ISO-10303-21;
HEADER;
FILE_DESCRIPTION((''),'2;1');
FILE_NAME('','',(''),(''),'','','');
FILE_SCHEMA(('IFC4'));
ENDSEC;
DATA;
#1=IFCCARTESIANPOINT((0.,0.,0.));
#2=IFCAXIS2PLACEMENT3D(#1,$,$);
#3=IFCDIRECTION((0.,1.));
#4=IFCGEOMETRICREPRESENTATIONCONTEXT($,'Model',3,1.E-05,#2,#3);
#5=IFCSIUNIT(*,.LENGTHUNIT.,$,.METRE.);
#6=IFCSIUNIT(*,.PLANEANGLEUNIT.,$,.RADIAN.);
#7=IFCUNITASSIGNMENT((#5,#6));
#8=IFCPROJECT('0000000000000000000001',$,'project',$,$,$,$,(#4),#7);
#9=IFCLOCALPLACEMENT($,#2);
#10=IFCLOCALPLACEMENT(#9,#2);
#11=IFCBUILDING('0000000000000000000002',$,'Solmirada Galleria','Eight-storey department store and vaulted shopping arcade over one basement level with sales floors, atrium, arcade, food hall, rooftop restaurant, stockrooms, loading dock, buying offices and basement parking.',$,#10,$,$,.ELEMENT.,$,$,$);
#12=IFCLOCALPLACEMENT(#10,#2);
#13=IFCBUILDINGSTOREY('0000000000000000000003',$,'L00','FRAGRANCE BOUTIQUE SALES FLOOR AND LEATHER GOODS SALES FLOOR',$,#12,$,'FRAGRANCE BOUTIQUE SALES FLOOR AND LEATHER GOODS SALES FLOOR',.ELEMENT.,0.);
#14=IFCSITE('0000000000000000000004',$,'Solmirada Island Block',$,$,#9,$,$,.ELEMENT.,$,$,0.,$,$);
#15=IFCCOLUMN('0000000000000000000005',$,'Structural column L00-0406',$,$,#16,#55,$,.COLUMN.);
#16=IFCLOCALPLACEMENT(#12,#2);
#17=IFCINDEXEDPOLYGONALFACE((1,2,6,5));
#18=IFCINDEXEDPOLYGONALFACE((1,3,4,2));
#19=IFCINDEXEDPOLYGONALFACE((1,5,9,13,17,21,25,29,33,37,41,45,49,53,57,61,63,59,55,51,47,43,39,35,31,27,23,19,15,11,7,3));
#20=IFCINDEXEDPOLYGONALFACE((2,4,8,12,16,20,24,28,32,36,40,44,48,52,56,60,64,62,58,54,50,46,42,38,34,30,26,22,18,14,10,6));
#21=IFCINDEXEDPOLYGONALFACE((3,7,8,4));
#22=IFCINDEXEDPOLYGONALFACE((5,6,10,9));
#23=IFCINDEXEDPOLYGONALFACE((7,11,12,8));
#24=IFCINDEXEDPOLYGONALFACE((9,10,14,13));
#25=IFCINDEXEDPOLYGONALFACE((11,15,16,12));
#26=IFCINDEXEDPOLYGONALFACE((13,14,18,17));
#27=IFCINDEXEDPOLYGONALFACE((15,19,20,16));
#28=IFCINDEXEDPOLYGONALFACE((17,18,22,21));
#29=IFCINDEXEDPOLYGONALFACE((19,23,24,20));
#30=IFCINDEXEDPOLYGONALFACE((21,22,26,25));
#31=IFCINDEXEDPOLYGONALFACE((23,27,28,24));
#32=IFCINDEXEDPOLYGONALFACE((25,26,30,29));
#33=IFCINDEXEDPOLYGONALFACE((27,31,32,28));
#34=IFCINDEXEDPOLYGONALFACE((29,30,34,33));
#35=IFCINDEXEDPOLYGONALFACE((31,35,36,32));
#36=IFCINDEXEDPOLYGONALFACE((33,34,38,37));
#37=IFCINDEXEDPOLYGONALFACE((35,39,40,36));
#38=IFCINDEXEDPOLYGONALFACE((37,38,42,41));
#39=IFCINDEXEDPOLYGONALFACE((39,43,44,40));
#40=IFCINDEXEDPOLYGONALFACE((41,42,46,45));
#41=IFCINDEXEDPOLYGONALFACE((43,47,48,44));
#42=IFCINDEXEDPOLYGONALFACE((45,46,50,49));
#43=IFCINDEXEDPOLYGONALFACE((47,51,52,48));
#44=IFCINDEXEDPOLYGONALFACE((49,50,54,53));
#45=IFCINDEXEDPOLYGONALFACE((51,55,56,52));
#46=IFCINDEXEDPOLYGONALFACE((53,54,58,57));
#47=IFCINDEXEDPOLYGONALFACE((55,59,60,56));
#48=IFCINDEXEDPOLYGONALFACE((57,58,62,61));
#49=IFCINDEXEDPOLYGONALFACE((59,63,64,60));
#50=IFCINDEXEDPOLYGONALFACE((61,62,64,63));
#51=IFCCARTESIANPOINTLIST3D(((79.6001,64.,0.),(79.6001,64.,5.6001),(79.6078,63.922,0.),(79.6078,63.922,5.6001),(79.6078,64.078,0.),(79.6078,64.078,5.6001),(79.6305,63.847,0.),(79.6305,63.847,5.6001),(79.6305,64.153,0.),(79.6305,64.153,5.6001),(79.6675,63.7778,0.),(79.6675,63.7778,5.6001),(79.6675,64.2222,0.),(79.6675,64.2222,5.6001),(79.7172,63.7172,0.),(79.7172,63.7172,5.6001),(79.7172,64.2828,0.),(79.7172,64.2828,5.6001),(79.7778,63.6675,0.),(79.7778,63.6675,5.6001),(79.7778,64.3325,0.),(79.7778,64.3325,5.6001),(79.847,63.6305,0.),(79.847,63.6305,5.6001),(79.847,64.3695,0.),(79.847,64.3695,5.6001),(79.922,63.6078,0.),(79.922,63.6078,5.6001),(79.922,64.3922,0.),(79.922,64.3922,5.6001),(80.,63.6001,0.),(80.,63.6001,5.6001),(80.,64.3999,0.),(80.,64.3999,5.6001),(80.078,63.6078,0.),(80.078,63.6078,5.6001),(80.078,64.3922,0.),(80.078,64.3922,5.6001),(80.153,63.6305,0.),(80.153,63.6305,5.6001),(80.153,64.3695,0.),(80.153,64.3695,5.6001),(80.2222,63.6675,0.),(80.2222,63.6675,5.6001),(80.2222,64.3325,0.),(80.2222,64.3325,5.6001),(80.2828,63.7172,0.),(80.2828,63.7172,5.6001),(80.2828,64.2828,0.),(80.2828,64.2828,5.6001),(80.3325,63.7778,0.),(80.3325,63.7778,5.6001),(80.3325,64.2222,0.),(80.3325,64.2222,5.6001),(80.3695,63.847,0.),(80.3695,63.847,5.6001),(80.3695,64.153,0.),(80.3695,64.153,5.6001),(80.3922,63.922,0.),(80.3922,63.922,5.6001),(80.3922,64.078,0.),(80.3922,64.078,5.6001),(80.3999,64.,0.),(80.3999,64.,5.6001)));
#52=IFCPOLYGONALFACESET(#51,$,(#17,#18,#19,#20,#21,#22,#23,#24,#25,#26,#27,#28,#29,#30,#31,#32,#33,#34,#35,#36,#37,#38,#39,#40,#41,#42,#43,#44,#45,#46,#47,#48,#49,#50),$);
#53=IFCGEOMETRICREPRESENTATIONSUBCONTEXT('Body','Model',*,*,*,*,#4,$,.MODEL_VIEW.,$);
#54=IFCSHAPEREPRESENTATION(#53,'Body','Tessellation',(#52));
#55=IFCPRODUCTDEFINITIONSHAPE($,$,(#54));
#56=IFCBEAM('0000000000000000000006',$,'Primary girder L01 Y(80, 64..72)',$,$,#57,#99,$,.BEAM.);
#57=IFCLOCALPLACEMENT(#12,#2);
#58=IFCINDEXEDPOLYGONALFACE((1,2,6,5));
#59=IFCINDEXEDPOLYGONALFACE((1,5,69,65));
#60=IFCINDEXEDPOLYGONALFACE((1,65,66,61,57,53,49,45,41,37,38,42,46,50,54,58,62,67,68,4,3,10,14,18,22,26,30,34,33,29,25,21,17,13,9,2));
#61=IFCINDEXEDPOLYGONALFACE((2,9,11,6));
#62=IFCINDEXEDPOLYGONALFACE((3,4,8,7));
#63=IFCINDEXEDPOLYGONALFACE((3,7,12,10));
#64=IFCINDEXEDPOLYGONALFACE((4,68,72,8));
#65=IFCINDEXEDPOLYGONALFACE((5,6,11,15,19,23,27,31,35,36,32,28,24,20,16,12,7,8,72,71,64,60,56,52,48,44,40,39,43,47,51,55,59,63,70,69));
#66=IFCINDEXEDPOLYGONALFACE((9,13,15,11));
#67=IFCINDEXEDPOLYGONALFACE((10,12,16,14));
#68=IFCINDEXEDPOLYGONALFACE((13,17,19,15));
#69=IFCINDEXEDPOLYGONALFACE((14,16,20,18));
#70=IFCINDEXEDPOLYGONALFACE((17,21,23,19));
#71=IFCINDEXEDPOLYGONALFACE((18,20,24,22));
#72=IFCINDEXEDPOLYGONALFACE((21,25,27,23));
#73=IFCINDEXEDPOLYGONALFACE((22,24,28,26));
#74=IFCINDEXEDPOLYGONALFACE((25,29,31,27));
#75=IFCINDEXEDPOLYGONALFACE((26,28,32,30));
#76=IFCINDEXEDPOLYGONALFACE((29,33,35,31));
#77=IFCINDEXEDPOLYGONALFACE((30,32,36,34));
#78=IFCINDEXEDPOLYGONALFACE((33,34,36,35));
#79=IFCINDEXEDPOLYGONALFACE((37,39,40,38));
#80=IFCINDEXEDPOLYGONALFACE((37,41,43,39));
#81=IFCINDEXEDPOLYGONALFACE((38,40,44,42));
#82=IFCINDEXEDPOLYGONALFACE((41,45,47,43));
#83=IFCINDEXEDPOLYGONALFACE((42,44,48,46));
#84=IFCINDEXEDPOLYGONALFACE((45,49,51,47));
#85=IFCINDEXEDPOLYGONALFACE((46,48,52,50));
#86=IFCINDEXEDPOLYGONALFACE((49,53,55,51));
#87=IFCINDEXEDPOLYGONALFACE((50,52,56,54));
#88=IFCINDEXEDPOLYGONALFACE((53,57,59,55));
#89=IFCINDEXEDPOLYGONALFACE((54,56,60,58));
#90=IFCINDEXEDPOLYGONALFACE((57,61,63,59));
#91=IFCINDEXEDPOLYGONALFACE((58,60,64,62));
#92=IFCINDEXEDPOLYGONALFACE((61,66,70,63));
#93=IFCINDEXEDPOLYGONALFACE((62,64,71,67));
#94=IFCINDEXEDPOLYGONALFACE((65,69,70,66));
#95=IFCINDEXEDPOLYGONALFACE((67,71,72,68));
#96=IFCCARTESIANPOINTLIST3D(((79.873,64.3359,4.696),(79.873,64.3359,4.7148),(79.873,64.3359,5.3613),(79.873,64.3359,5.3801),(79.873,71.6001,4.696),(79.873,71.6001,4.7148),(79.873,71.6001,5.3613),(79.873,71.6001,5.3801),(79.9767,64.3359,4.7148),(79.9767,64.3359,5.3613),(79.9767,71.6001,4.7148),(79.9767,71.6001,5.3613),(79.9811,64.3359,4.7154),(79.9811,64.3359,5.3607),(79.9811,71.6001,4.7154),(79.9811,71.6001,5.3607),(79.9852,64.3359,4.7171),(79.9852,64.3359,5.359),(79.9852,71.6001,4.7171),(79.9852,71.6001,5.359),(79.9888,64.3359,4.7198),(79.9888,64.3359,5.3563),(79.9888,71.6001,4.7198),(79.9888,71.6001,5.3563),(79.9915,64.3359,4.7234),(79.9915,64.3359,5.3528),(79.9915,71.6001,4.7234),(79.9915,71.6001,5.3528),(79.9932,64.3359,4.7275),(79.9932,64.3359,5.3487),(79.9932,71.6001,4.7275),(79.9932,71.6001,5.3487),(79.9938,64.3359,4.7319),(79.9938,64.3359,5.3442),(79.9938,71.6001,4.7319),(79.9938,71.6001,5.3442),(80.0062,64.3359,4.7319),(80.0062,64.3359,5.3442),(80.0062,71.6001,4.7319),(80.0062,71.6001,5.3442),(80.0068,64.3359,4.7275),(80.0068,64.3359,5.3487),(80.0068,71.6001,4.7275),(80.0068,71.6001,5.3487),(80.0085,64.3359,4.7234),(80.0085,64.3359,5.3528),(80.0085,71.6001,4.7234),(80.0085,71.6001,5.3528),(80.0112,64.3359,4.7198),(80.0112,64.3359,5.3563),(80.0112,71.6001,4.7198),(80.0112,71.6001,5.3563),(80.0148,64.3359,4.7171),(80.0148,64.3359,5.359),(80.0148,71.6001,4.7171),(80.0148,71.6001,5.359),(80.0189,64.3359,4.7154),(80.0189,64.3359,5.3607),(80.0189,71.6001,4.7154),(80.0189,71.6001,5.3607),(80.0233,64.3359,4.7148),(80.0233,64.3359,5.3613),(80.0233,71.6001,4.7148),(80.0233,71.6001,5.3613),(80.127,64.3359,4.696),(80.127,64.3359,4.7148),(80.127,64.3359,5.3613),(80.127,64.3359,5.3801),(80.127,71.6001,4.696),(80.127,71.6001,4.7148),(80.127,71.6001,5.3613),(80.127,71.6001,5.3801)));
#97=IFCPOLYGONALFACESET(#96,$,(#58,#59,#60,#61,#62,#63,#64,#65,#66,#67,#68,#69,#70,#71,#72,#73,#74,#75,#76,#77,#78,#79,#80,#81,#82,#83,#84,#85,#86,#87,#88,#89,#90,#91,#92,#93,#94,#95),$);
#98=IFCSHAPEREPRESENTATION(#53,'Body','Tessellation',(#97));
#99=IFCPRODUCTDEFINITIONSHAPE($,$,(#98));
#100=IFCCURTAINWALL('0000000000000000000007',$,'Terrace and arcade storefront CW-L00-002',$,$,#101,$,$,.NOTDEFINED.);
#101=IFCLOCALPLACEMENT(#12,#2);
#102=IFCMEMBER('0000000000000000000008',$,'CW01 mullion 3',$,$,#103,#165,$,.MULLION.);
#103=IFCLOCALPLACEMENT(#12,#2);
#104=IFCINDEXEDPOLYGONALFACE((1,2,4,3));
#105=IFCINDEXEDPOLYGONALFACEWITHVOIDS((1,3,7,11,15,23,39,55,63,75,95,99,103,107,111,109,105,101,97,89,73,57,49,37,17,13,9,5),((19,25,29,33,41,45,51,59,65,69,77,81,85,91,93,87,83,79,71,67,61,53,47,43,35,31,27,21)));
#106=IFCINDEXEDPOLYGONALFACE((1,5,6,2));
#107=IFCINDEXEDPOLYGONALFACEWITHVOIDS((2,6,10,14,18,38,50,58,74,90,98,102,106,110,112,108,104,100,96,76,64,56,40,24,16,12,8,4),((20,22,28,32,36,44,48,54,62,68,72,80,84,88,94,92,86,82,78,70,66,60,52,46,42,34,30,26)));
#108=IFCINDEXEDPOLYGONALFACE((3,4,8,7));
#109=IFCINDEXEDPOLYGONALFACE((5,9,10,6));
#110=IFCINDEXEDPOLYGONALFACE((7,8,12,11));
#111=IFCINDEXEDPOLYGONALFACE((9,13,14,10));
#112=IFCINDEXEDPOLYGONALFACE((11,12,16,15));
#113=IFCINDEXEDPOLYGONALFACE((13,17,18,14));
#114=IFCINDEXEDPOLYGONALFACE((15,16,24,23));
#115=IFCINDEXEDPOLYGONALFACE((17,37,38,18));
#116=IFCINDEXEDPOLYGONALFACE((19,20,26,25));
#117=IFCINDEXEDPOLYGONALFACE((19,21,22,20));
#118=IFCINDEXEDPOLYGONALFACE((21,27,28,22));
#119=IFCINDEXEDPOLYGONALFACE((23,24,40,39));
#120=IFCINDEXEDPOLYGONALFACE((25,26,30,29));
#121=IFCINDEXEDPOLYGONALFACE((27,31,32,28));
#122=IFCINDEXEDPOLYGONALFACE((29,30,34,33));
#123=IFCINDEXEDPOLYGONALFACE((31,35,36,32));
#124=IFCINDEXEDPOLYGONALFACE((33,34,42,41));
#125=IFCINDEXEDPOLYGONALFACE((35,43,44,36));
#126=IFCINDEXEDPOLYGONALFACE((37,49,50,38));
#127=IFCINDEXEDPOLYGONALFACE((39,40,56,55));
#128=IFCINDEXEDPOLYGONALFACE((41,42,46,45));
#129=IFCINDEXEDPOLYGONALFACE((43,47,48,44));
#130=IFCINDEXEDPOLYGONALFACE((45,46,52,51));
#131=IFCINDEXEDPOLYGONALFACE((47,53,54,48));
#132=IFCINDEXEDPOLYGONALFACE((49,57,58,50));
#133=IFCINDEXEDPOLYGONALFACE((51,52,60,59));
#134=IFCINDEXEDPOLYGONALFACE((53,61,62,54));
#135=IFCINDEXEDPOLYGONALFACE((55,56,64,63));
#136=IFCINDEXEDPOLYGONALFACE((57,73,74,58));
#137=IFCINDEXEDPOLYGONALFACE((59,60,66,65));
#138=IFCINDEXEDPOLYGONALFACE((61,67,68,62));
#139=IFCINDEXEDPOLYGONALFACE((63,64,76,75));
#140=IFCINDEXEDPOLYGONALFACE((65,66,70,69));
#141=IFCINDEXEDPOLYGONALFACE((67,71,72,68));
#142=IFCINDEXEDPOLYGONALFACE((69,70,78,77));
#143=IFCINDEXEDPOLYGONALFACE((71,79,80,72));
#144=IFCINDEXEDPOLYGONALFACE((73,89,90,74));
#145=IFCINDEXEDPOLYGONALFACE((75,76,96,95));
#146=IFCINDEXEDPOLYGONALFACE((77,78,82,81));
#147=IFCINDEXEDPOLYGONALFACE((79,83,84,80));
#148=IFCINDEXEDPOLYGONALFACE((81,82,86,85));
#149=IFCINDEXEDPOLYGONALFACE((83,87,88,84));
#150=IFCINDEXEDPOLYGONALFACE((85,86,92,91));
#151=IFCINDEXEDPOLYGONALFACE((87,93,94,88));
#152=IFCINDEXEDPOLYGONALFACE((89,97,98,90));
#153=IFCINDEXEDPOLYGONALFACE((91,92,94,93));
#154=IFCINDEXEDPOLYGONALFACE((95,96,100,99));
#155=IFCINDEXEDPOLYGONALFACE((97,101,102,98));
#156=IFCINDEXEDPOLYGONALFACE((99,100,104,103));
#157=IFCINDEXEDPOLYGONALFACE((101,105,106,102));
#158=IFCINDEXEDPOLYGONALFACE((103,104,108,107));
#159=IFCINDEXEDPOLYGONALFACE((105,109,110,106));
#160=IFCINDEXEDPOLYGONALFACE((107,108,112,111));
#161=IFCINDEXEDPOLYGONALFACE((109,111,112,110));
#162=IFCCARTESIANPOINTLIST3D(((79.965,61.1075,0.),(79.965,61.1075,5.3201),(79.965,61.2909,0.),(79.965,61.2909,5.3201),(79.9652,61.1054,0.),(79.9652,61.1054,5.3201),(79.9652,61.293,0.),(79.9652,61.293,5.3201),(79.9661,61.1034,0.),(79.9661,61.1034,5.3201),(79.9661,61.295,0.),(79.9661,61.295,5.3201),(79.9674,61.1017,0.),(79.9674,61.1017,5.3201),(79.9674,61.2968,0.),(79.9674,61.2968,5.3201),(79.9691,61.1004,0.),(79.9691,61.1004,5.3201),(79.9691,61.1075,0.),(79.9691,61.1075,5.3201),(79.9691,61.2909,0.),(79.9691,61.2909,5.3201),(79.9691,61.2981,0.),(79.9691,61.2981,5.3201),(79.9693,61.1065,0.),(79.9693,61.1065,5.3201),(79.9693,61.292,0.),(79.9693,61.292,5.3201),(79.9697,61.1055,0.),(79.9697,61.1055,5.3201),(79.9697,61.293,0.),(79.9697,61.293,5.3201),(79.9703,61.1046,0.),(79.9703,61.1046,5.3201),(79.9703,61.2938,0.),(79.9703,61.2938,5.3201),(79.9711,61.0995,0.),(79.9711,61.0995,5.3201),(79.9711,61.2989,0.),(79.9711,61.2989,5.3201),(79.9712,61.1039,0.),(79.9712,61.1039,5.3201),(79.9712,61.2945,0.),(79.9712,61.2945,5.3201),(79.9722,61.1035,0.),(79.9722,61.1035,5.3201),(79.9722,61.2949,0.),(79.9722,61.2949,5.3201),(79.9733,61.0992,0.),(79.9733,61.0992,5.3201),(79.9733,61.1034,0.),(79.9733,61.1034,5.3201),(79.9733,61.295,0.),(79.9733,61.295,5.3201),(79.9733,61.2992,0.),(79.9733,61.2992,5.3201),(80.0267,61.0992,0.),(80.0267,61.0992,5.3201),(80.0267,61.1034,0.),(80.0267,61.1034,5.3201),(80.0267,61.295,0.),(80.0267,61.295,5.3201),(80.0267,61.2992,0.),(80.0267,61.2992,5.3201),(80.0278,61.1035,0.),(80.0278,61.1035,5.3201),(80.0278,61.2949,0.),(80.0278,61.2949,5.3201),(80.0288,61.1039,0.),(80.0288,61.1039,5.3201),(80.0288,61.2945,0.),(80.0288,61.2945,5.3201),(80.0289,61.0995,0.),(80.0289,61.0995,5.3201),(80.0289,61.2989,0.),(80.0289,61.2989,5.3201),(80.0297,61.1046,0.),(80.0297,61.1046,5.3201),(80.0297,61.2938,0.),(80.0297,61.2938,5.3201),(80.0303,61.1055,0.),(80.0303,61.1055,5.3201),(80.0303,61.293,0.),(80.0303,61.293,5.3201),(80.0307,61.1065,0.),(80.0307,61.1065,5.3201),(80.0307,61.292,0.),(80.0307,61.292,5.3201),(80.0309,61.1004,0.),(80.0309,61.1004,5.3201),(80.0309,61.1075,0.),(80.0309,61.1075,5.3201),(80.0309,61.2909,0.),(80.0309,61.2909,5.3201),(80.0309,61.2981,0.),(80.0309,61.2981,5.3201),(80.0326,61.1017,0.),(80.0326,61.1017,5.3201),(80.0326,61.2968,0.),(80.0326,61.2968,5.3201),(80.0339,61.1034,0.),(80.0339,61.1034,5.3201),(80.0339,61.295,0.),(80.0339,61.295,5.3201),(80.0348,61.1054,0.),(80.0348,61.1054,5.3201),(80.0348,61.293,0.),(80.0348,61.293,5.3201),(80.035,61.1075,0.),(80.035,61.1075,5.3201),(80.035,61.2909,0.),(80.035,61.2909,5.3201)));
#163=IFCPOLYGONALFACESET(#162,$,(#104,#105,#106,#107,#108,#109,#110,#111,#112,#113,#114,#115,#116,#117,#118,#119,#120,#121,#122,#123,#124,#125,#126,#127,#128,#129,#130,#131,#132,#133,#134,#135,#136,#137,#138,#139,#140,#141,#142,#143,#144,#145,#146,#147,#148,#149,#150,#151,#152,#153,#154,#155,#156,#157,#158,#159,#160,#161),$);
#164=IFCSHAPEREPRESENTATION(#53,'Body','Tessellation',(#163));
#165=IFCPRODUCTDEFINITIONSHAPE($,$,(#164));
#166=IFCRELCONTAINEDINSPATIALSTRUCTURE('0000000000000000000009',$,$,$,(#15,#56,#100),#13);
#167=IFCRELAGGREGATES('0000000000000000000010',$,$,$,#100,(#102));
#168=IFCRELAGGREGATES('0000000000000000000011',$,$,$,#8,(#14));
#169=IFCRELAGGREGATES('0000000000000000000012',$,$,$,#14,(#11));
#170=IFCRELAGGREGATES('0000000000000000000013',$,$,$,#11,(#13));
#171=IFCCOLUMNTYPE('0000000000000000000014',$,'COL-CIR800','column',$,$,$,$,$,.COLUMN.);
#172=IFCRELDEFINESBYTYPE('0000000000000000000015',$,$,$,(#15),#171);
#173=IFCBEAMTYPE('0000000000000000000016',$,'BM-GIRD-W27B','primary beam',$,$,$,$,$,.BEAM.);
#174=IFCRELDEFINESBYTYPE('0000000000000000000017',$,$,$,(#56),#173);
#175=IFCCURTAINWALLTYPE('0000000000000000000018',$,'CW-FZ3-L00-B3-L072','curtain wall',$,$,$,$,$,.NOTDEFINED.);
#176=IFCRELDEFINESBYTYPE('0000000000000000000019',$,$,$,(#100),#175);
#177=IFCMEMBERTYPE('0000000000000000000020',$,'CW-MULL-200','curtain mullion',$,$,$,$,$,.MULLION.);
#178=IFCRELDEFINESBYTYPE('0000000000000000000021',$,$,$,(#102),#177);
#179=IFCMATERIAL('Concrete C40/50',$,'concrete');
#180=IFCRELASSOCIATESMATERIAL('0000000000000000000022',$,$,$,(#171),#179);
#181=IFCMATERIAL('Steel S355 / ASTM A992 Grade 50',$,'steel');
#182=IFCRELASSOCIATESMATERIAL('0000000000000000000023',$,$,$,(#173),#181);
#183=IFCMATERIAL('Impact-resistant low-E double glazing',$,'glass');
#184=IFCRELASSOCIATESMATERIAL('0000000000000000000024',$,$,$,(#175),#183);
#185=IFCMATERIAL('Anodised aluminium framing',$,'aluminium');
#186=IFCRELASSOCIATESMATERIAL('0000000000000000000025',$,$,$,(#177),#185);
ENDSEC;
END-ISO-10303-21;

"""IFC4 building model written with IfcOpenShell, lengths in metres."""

from ifc_helpers import new_model, si_unit, direction, frame, origin, origin_2d, place, context, subcontext, project, spatial, hollow_rectangle, circle, i_section, extrude, material, material_profile, profile_set, type_object, element, aggregate, save


model = new_model("IFC4")

# Units and contexts
model_context = context("Model", 3, precision=1e-05, world=origin(), true_north=direction((0.0, 1.0)))
body_context = subcontext(model_context, "Body", "Model", "MODEL_VIEW")
ifc_project = project(units=[si_unit("LENGTHUNIT", "METRE"), si_unit("PLANEANGLEUNIT", "RADIAN")], contexts=[model_context])

# Site, building, storey
site_placement = place(None, origin())
site = spatial("IfcSite", under=ifc_project, at=site_placement, Name="Solmirada Island Block", CompositionType="ELEMENT", RefElevation=0.0)
building_placement = place(site_placement, origin())
building = spatial("IfcBuilding", under=site, at=building_placement, Name="Solmirada Galleria", Description="Eight-storey department store and vaulted shopping arcade over one basement level with sales floors, atrium, arcade, food hall, rooftop restaurant, stockrooms, loading dock, buying offices and basement parking.", CompositionType="ELEMENT")
storey_placement = place(building_placement, origin())
storey = spatial("IfcBuildingStorey", under=building, at=storey_placement, Name="L00", Description="FRAGRANCE BOUTIQUE SALES FLOOR AND LEATHER GOODS SALES FLOOR", LongName="FRAGRANCE BOUTIQUE SALES FLOOR AND LEATHER GOODS SALES FLOOR", CompositionType="ELEMENT", Elevation=0.0)

# Column
ifc_material_1 = material(Name="Concrete C40/50", Category="concrete")
ifc_material_profile_1 = material_profile(ifc_material_1, circle(Radius=0.3999, at=origin_2d()), Name="RCCOL800")
ifc_profile_set_1 = profile_set([ifc_material_profile_1], Name="Concrete C40/50")
column_type = type_object("IfcColumnType", Name="COL-CIR800", Description="column", PredefinedType="COLUMN", material=ifc_profile_set_1)
column_placement = place(storey_placement, frame((80.0, 64.0, 0.0), z_axis=(0.0, 0.0, 1.0), x_axis=(1.0, 0.0, 0.0)))
element("IfcColumn", 1, at=column_placement, inside=storey, type_object=column_type, Name="Structural column L00-0406", PredefinedType="COLUMN", context=body_context, shape_type="SweptSolid", body=[
    extrude(circle(Radius=0.3999, at=origin_2d()), origin(), (0.0, 0.0, 1.0), 5.6001),
])

# Beam
ifc_material_2 = material(Name="Steel S355 / ASTM A992 Grade 50", Category="steel")
ifc_material_profile_2 = material_profile(ifc_material_2, i_section(OverallWidth=0.2539, OverallDepth=0.6841, WebThickness=0.0125, FlangeThickness=0.0188, FilletRadius=0.0171, at=origin_2d()), Name="W27X94")
ifc_profile_set_2 = profile_set([ifc_material_profile_2], Name="Steel S355 / ASTM A992 Grade 50")
beam_type = type_object("IfcBeamType", Name="BM-GIRD-W27B", Description="primary beam", PredefinedType="BEAM", material=ifc_profile_set_2)
beam_placement = place(storey_placement, frame((80.0, 64.3359, 5.0381), z_axis=(0.0, 1.0, 0.0), x_axis=(-1.0, 0.0, 0.0)))
element("IfcBeam", 2, at=beam_placement, inside=storey, type_object=beam_type, Name="Primary girder L01 Y(80, 64..72)", PredefinedType="BEAM", context=body_context, shape_type="SweptSolid", body=[
    extrude(i_section(OverallWidth=0.2539, OverallDepth=0.6841, WebThickness=0.0125, FlangeThickness=0.0188, FilletRadius=0.0171, at=origin_2d()), origin(), (0.0, 0.0, 1.0), 7.2642),
])

# Curtain wall, member
ifc_material_3 = material(Name="Impact-resistant low-E double glazing", Category="glass")
curtain_wall_type_1 = type_object("IfcCurtainWallType", Name="CW-FZ3-L00-B3-L072", Description="curtain wall", PredefinedType="NOTDEFINED", material=ifc_material_3)
curtain_wall_1_placement = place(storey_placement, origin())
curtain_wall_1 = element("IfcCurtainWall", 3, at=curtain_wall_1_placement, inside=storey, type_object=curtain_wall_type_1, Name="Terrace and arcade storefront CW-L00-002", PredefinedType="NOTDEFINED")
ifc_material_4 = material(Name="Anodised aluminium framing", Category="aluminium")
ifc_material_profile_3 = material_profile(ifc_material_4, hollow_rectangle(XDim=0.0701, YDim=0.2, WallThickness=0.0042, InnerFilletRadius=0.0042, OuterFilletRadius=0.0083, at=origin_2d()), Name="ALU-MULL-200X70")
ifc_profile_set_3 = profile_set([ifc_material_profile_3], Name="Anodised aluminium framing")
member_type_1 = type_object("IfcMemberType", Name="CW-MULL-200", Description="curtain mullion", PredefinedType="MULLION", material=ifc_profile_set_3)
member_1_placement = place(storey_placement, frame((80.0, 61.1992, 0.0), z_axis=(0.0, 0.0, 1.0), x_axis=(-1.0, 0.0, 0.0)))
member_1 = element("IfcMember", 4, at=member_1_placement, type_object=member_type_1, Name="CW01 mullion 3", PredefinedType="MULLION", context=body_context, shape_type="SweptSolid", body=[
    extrude(hollow_rectangle(XDim=0.0701, YDim=0.2, WallThickness=0.0042, InnerFilletRadius=0.0042, OuterFilletRadius=0.0083, at=origin_2d()), origin(), (0.0, 0.0, 1.0), 5.3201),
])

aggregate(curtain_wall_1, [member_1])

save(model, "model.ifc")
